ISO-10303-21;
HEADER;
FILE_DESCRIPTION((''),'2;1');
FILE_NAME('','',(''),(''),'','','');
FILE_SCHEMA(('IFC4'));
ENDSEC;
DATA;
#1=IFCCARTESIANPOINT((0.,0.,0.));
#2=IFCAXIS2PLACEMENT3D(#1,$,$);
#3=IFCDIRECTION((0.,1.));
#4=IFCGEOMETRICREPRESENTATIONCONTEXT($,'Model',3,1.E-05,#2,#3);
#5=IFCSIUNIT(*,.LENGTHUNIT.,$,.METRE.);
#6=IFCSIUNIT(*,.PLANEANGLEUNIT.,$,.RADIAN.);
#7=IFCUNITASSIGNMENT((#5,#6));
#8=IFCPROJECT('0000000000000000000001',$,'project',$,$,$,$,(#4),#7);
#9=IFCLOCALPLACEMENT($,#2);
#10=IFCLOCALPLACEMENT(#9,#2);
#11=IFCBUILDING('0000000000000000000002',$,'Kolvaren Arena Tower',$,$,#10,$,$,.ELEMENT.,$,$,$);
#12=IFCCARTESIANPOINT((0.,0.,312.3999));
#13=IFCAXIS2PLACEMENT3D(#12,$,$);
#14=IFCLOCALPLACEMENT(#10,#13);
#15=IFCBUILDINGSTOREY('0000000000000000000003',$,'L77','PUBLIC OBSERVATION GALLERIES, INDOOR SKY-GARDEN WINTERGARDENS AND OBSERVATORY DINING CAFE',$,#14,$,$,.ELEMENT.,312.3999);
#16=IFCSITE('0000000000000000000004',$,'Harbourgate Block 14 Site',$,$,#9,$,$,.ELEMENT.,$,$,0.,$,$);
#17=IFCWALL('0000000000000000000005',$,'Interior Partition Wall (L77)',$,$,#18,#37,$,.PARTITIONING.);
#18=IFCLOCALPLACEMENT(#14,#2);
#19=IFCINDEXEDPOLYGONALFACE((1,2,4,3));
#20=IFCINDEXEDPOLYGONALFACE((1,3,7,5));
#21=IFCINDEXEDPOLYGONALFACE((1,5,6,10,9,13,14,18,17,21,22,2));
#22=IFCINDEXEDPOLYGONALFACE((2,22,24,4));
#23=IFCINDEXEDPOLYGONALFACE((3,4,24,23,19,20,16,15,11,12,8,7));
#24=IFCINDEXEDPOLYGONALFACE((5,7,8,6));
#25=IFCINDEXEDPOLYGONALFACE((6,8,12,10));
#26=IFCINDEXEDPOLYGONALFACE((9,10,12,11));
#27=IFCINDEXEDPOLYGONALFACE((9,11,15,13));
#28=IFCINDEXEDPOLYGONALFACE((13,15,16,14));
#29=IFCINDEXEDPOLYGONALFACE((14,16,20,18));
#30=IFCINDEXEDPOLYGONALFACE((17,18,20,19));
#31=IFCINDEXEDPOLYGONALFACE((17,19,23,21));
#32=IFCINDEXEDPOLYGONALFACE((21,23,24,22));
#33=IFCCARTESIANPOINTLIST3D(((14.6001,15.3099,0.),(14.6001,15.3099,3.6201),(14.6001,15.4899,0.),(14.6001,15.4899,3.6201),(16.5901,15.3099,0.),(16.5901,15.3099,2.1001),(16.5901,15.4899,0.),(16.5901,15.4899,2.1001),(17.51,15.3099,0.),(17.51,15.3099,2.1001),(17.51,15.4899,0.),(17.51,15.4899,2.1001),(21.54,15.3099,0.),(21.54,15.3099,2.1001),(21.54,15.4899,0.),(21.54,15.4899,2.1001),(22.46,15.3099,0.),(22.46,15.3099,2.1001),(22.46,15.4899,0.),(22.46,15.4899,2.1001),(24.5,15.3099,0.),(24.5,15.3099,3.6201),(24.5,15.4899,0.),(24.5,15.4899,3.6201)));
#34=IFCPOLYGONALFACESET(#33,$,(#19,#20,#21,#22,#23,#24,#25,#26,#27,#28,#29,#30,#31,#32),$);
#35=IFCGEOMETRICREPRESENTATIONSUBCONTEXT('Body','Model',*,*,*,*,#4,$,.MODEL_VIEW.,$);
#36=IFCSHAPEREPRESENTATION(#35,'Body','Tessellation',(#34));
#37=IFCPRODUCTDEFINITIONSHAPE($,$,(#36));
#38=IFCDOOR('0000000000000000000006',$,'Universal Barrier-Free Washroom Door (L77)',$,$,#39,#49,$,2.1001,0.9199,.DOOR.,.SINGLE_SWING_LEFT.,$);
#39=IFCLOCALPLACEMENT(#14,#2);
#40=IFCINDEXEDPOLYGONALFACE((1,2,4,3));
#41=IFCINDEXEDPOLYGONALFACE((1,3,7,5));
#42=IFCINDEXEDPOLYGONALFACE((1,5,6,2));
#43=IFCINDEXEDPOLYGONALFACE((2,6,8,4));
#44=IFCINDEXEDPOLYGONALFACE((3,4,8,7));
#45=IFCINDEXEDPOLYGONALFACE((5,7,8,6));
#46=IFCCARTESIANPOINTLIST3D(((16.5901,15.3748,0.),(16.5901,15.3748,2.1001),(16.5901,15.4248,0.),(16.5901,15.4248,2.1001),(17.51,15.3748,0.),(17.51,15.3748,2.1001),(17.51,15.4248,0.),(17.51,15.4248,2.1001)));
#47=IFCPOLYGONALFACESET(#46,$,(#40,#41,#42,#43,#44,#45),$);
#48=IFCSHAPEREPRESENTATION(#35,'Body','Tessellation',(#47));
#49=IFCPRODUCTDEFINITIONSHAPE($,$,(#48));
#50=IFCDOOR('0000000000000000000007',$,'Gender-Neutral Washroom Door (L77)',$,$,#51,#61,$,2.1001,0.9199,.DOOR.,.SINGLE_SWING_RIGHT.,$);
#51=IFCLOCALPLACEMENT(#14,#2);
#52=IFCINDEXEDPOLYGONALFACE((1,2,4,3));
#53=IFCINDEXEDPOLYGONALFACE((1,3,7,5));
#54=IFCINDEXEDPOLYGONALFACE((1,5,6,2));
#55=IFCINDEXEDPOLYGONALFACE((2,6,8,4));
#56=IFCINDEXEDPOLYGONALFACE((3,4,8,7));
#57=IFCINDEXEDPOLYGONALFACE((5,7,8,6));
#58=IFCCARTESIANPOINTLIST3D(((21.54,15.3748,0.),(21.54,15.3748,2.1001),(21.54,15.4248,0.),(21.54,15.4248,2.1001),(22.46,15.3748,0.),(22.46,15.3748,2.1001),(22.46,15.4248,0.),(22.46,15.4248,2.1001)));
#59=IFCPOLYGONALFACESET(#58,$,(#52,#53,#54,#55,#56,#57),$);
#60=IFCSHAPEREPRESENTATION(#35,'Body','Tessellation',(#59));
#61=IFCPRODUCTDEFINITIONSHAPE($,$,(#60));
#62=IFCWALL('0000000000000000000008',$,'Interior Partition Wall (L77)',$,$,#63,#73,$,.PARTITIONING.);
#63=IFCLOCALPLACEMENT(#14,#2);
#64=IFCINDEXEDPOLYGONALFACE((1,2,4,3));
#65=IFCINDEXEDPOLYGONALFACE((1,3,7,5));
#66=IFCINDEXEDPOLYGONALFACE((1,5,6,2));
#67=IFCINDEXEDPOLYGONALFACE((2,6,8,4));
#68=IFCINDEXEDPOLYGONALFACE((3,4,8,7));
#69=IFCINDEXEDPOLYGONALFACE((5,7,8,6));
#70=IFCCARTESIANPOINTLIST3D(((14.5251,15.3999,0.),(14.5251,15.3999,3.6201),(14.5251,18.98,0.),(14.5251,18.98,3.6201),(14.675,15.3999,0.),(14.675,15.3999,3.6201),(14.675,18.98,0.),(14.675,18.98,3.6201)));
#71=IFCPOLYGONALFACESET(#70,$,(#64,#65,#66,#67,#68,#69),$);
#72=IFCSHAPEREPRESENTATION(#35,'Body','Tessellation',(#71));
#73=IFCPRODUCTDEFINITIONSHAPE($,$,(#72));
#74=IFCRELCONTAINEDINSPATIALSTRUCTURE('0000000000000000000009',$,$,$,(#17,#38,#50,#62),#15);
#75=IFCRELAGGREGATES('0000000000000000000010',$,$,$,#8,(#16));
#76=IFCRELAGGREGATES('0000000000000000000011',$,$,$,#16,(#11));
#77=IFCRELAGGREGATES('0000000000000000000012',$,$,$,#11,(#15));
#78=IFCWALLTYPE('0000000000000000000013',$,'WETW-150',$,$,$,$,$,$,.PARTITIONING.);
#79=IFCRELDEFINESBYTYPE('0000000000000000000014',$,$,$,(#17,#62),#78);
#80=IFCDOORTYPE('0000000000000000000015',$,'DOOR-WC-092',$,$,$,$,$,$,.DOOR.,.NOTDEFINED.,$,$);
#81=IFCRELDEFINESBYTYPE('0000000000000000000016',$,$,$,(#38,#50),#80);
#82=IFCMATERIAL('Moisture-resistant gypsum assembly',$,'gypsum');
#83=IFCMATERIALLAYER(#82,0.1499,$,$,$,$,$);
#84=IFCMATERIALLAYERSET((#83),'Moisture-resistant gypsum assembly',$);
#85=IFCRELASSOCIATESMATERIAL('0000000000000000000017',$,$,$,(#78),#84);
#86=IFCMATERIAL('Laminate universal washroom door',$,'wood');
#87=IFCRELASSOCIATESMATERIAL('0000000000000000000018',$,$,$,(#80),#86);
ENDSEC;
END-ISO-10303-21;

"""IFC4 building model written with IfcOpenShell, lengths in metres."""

from ifc_helpers import new_model, si_unit, direction, frame, frame_2d, origin, place, context, subcontext, project, spatial, rectangle, extrude, material, layer, layer_set, type_object, element, fill, save


model = new_model("IFC4")

# Units and contexts
model_context = context("Model", 3, precision=1e-05, world=origin(), true_north=direction((0.0, 1.0)))
body_context = subcontext(model_context, "Body", "Model", "MODEL_VIEW")
ifc_project = project(units=[si_unit("LENGTHUNIT", "METRE"), si_unit("PLANEANGLEUNIT", "RADIAN")], contexts=[model_context])

# Site, building, storey
site_placement = place(None, origin())
site = spatial("IfcSite", under=ifc_project, at=site_placement, Name="Harbourgate Block 14 Site", CompositionType="ELEMENT", RefElevation=0.0)
building_placement = place(site_placement, origin())
building = spatial("IfcBuilding", under=site, at=building_placement, Name="Kolvaren Arena Tower", CompositionType="ELEMENT")
storey_placement = place(building_placement, frame((0.0, 0.0, 312.3999)))
storey = spatial("IfcBuildingStorey", under=building, at=storey_placement, Name="L77", Description="PUBLIC OBSERVATION GALLERIES, INDOOR SKY-GARDEN WINTERGARDENS AND OBSERVATORY DINING CAFE", CompositionType="ELEMENT", Elevation=312.3999)

# Wall, openings, doors
ifc_material_1 = material(Name="Moisture-resistant gypsum assembly", Category="gypsum")
ifc_layer_1 = layer(ifc_material_1, 0.1499)
ifc_layer_set_1 = layer_set([ifc_layer_1], Name="Moisture-resistant gypsum assembly")
wall_type_1 = type_object("IfcWallType", Name="WETW-150", PredefinedType="PARTITIONING", material=ifc_layer_set_1)
wall_1_placement = place(storey_placement, frame((14.6001, 15.3999, 0.0), z_axis=(0.0, 0.0, 1.0), x_axis=(1.0, 0.0, 0.0)))
wall_1 = element("IfcWall", 1, at=wall_1_placement, inside=storey, type_object=wall_type_1, Name="Interior Partition Wall (L77)", PredefinedType="PARTITIONING", context=body_context, shape_type="SweptSolid", body=[
    extrude(rectangle(XDim=9.8999, YDim=0.1799, at=frame_2d((4.95, 0.0))), origin(), (0.0, 0.0, 1.0), 3.6201),
])
opening_1_placement = place(wall_1_placement, frame((1.99, 0.0, 0.0)))
opening_1 = element("IfcOpeningElement", 2, at=opening_1_placement, cuts=wall_1, PredefinedType="OPENING", context=body_context, shape_type="SweptSolid", body=[
    extrude(rectangle(XDim=0.9199, YDim=2.1001, at=frame_2d((0.46, 1.05))), frame((0.0, 0.0999, 0.0), z_axis=(0.0, -1.0, 0.0), x_axis=(1.0, 0.0, 0.0)), (0.0, 0.0, 1.0), 0.2),
])
opening_2_placement = place(wall_1_placement, frame((6.9399, 0.0, 0.0)))
opening_2 = element("IfcOpeningElement", 3, at=opening_2_placement, cuts=wall_1, PredefinedType="OPENING", context=body_context, shape_type="SweptSolid", body=[
    extrude(rectangle(XDim=0.9199, YDim=2.1001, at=frame_2d((0.46, 1.05))), frame((0.0, 0.0999, 0.0), z_axis=(0.0, -1.0, 0.0), x_axis=(1.0, 0.0, 0.0)), (0.0, 0.0, 1.0), 0.2),
])
ifc_material_2 = material(Name="Laminate universal washroom door", Category="wood")
door_type_1 = type_object("IfcDoorType", Name="DOOR-WC-092", OperationType="NOTDEFINED", PredefinedType="DOOR", material=ifc_material_2)
door_1_placement = place(opening_1_placement, origin())
door_1 = element("IfcDoor", 4, at=door_1_placement, inside=storey, type_object=door_type_1, Name="Universal Barrier-Free Washroom Door (L77)", OperationType="SINGLE_SWING_LEFT", OverallHeight=2.1001, OverallWidth=0.9199, PredefinedType="DOOR", context=body_context, shape_type="SweptSolid", body=[
    extrude(rectangle(XDim=0.9199, YDim=2.1001, at=frame_2d((0.46, 1.05))), frame((0.0, 0.0249, 0.0), z_axis=(0.0, -1.0, 0.0), x_axis=(1.0, 0.0, 0.0)), (0.0, 0.0, 1.0), 0.05),
])
fill(opening_1, door_1)
door_2_placement = place(opening_2_placement, origin())
door_2 = element("IfcDoor", 5, at=door_2_placement, inside=storey, type_object=door_type_1, Name="Gender-Neutral Washroom Door (L77)", OperationType="SINGLE_SWING_RIGHT", OverallHeight=2.1001, OverallWidth=0.9199, PredefinedType="DOOR", context=body_context, shape_type="SweptSolid", body=[
    extrude(rectangle(XDim=0.9199, YDim=2.1001, at=frame_2d((0.46, 1.05))), frame((0.0, 0.0249, 0.0), z_axis=(0.0, -1.0, 0.0), x_axis=(1.0, 0.0, 0.0)), (0.0, 0.0, 1.0), 0.05),
])
fill(opening_2, door_2)

# Wall
wall_2_placement = place(storey_placement, frame((14.6001, 15.3999, 0.0), z_axis=(0.0, 0.0, 1.0), x_axis=(0.0, 1.0, 0.0)))
element("IfcWall", 6, at=wall_2_placement, inside=storey, type_object=wall_type_1, Name="Interior Partition Wall (L77)", PredefinedType="PARTITIONING", context=body_context, shape_type="SweptSolid", body=[
    extrude(rectangle(XDim=3.5801, YDim=0.1499, at=frame_2d((1.79, 0.0))), origin(), (0.0, 0.0, 1.0), 3.6201),
])

save(model, "model.ifc")
